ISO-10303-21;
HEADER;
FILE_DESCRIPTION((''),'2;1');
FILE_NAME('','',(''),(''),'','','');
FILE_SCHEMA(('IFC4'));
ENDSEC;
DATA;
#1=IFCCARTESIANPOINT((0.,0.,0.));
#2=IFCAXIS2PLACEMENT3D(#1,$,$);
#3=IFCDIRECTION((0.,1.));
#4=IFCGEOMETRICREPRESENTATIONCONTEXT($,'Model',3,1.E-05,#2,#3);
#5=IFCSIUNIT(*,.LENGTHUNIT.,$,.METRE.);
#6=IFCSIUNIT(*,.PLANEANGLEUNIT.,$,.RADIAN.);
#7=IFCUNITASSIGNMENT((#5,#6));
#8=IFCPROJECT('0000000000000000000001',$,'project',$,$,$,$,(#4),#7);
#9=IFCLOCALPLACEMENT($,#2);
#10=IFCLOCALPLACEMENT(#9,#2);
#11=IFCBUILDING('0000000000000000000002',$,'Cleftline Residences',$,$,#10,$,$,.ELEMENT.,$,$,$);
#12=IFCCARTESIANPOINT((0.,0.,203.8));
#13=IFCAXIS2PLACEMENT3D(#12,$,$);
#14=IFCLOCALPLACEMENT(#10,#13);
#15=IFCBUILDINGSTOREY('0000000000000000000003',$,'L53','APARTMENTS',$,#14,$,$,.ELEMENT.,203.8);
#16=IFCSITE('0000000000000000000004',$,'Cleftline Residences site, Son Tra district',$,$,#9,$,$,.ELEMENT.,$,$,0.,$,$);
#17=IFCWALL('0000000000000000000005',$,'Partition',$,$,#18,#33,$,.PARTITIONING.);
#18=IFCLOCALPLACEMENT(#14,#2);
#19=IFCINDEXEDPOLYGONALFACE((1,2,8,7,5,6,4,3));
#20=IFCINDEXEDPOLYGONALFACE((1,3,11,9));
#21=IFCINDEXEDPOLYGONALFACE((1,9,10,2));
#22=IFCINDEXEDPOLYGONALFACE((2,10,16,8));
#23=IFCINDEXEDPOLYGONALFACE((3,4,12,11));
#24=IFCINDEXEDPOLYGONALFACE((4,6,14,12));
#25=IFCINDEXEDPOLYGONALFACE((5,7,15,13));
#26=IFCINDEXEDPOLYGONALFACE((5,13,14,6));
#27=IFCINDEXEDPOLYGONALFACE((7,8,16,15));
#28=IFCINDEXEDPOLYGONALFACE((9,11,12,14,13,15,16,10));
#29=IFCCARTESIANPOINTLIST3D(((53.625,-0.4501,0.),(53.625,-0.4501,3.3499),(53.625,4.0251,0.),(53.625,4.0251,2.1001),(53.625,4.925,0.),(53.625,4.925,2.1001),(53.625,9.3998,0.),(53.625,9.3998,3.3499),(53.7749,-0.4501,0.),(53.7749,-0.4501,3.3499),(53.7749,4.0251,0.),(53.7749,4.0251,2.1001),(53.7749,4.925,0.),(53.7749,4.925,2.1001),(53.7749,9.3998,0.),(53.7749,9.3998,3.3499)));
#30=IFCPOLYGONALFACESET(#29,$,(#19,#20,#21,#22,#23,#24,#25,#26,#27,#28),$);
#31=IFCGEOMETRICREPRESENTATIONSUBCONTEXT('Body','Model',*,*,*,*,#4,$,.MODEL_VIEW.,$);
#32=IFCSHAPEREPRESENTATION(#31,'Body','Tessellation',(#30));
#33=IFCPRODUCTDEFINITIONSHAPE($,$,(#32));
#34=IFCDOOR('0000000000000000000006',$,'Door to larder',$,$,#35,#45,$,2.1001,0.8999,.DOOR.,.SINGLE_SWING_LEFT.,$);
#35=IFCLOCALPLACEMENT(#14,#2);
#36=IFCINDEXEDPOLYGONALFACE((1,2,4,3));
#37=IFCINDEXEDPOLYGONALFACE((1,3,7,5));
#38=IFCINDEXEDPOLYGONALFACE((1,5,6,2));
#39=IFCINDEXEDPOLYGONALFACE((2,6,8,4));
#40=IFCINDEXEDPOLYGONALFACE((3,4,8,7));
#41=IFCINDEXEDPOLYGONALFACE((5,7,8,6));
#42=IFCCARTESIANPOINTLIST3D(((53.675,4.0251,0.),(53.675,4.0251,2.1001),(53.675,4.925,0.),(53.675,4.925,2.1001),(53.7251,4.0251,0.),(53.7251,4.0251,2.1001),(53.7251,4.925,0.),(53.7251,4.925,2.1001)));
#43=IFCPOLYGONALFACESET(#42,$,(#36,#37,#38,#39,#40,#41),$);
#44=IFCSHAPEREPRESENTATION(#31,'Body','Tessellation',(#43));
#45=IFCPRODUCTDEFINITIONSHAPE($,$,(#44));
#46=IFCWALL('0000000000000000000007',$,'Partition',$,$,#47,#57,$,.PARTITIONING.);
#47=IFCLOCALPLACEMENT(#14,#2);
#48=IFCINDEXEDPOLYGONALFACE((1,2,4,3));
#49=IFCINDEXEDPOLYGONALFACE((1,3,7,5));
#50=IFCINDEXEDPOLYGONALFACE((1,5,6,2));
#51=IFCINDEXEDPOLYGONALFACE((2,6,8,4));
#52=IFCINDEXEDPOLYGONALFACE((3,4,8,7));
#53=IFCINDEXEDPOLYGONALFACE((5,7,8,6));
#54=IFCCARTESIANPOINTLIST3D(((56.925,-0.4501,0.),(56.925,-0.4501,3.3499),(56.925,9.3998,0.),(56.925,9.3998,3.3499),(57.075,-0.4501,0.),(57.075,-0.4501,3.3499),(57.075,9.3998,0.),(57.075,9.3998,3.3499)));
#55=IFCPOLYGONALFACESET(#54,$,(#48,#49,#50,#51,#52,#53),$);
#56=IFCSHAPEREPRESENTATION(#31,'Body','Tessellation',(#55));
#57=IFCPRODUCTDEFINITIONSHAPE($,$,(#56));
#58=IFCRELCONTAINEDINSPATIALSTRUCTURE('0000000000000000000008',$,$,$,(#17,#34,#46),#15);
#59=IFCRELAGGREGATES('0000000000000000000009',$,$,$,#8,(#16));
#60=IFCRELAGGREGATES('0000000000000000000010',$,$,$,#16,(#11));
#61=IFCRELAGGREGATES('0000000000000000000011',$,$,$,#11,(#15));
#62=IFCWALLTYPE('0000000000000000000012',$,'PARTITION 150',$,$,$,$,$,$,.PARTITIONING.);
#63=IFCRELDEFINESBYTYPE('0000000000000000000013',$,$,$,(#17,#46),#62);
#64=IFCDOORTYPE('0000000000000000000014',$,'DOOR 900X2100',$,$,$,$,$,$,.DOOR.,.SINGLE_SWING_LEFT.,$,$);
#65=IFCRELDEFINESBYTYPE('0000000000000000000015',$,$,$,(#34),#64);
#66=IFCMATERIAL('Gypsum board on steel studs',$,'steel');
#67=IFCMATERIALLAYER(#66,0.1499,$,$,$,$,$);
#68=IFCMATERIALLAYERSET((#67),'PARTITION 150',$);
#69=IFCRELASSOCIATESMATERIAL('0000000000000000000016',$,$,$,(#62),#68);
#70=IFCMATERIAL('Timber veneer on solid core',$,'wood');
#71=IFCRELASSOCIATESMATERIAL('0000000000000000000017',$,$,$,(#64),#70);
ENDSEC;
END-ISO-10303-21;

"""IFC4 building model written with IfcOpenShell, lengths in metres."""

from ifc_helpers import new_model, si_unit, direction, frame, frame_2d, origin, place, context, subcontext, project, spatial, rectangle, extrude, material, layer, layer_set, type_object, element, fill, save


model = new_model("IFC4")

# Units and contexts
model_context = context("Model", 3, precision=1e-05, world=origin(), true_north=direction((0.0, 1.0)))
body_context = subcontext(model_context, "Body", "Model", "MODEL_VIEW")
ifc_project = project(units=[si_unit("LENGTHUNIT", "METRE"), si_unit("PLANEANGLEUNIT", "RADIAN")], contexts=[model_context])

# Site, building, storey
site_placement = place(None, origin())
site = spatial("IfcSite", under=ifc_project, at=site_placement, Name="Cleftline Residences site, Son Tra district", CompositionType="ELEMENT", RefElevation=0.0)
building_placement = place(site_placement, origin())
building = spatial("IfcBuilding", under=site, at=building_placement, Name="Cleftline Residences", CompositionType="ELEMENT")
storey_placement = place(building_placement, frame((0.0, 0.0, 203.8)))
storey = spatial("IfcBuildingStorey", under=building, at=storey_placement, Name="L53", Description="APARTMENTS", CompositionType="ELEMENT", Elevation=203.8)

# Shared definitions
ifc_material_1 = material(Name="Gypsum board on steel studs", Category="steel")
ifc_layer_1 = layer(ifc_material_1, 0.1499)
ifc_layer_set_1 = layer_set([ifc_layer_1], Name="PARTITION 150")
wall_type_1 = type_object("IfcWallType", Name="PARTITION 150", PredefinedType="PARTITIONING", material=ifc_layer_set_1)

# Wall, opening, door
wall_1_placement = place(storey_placement, frame((53.7, -0.45, 0.0), z_axis=(0.0, 0.0, 1.0), x_axis=(0.0, 1.0, 0.0)))
wall_1 = element("IfcWall", 1, at=wall_1_placement, inside=storey, type_object=wall_type_1, Name="Partition", PredefinedType="PARTITIONING", context=body_context, shape_type="SweptSolid", body=[
    extrude(rectangle(XDim=9.8499, YDim=0.1499, at=frame_2d((4.9248, 0.0))), origin(), (0.0, 0.0, 1.0), 3.3499),
])
opening_1_placement = place(wall_1_placement, frame((4.4751, 0.0, 0.0)))
opening_1 = element("IfcOpeningElement", 2, at=opening_1_placement, cuts=wall_1, PredefinedType="OPENING", context=body_context, shape_type="SweptSolid", body=[
    extrude(rectangle(XDim=0.8999, YDim=2.1001, at=frame_2d((0.45, 1.05))), frame((0.0, 0.085, 0.0), z_axis=(0.0, -1.0, 0.0), x_axis=(1.0, 0.0, 0.0)), (0.0, 0.0, 1.0), 0.1699),
])
ifc_material_2 = material(Name="Timber veneer on solid core", Category="wood")
door_type_1 = type_object("IfcDoorType", Name="DOOR 900X2100", OperationType="SINGLE_SWING_LEFT", PredefinedType="DOOR", material=ifc_material_2)
door_1_placement = place(opening_1_placement, origin())
door_1 = element("IfcDoor", 3, at=door_1_placement, inside=storey, type_object=door_type_1, Name="Door to larder", OperationType="SINGLE_SWING_LEFT", OverallHeight=2.1001, OverallWidth=0.8999, PredefinedType="DOOR", context=body_context, shape_type="SweptSolid", body=[
    extrude(rectangle(XDim=0.8999, YDim=2.1001, at=frame_2d((0.45, 1.05))), frame((0.0, 0.0249, 0.0), z_axis=(0.0, -1.0, 0.0), x_axis=(1.0, 0.0, 0.0)), (0.0, 0.0, 1.0), 0.05),
])
fill(opening_1, door_1)

# Wall
wall_2_placement = place(storey_placement, frame((57.0, -0.45, 0.0), z_axis=(0.0, 0.0, 1.0), x_axis=(0.0, 1.0, 0.0)))
element("IfcWall", 4, at=wall_2_placement, inside=storey, type_object=wall_type_1, Name="Partition", PredefinedType="PARTITIONING", context=body_context, shape_type="SweptSolid", body=[
    extrude(rectangle(XDim=9.8499, YDim=0.1499, at=frame_2d((4.9248, 0.0))), origin(), (0.0, 0.0, 1.0), 3.3499),
])

save(model, "model.ifc")
